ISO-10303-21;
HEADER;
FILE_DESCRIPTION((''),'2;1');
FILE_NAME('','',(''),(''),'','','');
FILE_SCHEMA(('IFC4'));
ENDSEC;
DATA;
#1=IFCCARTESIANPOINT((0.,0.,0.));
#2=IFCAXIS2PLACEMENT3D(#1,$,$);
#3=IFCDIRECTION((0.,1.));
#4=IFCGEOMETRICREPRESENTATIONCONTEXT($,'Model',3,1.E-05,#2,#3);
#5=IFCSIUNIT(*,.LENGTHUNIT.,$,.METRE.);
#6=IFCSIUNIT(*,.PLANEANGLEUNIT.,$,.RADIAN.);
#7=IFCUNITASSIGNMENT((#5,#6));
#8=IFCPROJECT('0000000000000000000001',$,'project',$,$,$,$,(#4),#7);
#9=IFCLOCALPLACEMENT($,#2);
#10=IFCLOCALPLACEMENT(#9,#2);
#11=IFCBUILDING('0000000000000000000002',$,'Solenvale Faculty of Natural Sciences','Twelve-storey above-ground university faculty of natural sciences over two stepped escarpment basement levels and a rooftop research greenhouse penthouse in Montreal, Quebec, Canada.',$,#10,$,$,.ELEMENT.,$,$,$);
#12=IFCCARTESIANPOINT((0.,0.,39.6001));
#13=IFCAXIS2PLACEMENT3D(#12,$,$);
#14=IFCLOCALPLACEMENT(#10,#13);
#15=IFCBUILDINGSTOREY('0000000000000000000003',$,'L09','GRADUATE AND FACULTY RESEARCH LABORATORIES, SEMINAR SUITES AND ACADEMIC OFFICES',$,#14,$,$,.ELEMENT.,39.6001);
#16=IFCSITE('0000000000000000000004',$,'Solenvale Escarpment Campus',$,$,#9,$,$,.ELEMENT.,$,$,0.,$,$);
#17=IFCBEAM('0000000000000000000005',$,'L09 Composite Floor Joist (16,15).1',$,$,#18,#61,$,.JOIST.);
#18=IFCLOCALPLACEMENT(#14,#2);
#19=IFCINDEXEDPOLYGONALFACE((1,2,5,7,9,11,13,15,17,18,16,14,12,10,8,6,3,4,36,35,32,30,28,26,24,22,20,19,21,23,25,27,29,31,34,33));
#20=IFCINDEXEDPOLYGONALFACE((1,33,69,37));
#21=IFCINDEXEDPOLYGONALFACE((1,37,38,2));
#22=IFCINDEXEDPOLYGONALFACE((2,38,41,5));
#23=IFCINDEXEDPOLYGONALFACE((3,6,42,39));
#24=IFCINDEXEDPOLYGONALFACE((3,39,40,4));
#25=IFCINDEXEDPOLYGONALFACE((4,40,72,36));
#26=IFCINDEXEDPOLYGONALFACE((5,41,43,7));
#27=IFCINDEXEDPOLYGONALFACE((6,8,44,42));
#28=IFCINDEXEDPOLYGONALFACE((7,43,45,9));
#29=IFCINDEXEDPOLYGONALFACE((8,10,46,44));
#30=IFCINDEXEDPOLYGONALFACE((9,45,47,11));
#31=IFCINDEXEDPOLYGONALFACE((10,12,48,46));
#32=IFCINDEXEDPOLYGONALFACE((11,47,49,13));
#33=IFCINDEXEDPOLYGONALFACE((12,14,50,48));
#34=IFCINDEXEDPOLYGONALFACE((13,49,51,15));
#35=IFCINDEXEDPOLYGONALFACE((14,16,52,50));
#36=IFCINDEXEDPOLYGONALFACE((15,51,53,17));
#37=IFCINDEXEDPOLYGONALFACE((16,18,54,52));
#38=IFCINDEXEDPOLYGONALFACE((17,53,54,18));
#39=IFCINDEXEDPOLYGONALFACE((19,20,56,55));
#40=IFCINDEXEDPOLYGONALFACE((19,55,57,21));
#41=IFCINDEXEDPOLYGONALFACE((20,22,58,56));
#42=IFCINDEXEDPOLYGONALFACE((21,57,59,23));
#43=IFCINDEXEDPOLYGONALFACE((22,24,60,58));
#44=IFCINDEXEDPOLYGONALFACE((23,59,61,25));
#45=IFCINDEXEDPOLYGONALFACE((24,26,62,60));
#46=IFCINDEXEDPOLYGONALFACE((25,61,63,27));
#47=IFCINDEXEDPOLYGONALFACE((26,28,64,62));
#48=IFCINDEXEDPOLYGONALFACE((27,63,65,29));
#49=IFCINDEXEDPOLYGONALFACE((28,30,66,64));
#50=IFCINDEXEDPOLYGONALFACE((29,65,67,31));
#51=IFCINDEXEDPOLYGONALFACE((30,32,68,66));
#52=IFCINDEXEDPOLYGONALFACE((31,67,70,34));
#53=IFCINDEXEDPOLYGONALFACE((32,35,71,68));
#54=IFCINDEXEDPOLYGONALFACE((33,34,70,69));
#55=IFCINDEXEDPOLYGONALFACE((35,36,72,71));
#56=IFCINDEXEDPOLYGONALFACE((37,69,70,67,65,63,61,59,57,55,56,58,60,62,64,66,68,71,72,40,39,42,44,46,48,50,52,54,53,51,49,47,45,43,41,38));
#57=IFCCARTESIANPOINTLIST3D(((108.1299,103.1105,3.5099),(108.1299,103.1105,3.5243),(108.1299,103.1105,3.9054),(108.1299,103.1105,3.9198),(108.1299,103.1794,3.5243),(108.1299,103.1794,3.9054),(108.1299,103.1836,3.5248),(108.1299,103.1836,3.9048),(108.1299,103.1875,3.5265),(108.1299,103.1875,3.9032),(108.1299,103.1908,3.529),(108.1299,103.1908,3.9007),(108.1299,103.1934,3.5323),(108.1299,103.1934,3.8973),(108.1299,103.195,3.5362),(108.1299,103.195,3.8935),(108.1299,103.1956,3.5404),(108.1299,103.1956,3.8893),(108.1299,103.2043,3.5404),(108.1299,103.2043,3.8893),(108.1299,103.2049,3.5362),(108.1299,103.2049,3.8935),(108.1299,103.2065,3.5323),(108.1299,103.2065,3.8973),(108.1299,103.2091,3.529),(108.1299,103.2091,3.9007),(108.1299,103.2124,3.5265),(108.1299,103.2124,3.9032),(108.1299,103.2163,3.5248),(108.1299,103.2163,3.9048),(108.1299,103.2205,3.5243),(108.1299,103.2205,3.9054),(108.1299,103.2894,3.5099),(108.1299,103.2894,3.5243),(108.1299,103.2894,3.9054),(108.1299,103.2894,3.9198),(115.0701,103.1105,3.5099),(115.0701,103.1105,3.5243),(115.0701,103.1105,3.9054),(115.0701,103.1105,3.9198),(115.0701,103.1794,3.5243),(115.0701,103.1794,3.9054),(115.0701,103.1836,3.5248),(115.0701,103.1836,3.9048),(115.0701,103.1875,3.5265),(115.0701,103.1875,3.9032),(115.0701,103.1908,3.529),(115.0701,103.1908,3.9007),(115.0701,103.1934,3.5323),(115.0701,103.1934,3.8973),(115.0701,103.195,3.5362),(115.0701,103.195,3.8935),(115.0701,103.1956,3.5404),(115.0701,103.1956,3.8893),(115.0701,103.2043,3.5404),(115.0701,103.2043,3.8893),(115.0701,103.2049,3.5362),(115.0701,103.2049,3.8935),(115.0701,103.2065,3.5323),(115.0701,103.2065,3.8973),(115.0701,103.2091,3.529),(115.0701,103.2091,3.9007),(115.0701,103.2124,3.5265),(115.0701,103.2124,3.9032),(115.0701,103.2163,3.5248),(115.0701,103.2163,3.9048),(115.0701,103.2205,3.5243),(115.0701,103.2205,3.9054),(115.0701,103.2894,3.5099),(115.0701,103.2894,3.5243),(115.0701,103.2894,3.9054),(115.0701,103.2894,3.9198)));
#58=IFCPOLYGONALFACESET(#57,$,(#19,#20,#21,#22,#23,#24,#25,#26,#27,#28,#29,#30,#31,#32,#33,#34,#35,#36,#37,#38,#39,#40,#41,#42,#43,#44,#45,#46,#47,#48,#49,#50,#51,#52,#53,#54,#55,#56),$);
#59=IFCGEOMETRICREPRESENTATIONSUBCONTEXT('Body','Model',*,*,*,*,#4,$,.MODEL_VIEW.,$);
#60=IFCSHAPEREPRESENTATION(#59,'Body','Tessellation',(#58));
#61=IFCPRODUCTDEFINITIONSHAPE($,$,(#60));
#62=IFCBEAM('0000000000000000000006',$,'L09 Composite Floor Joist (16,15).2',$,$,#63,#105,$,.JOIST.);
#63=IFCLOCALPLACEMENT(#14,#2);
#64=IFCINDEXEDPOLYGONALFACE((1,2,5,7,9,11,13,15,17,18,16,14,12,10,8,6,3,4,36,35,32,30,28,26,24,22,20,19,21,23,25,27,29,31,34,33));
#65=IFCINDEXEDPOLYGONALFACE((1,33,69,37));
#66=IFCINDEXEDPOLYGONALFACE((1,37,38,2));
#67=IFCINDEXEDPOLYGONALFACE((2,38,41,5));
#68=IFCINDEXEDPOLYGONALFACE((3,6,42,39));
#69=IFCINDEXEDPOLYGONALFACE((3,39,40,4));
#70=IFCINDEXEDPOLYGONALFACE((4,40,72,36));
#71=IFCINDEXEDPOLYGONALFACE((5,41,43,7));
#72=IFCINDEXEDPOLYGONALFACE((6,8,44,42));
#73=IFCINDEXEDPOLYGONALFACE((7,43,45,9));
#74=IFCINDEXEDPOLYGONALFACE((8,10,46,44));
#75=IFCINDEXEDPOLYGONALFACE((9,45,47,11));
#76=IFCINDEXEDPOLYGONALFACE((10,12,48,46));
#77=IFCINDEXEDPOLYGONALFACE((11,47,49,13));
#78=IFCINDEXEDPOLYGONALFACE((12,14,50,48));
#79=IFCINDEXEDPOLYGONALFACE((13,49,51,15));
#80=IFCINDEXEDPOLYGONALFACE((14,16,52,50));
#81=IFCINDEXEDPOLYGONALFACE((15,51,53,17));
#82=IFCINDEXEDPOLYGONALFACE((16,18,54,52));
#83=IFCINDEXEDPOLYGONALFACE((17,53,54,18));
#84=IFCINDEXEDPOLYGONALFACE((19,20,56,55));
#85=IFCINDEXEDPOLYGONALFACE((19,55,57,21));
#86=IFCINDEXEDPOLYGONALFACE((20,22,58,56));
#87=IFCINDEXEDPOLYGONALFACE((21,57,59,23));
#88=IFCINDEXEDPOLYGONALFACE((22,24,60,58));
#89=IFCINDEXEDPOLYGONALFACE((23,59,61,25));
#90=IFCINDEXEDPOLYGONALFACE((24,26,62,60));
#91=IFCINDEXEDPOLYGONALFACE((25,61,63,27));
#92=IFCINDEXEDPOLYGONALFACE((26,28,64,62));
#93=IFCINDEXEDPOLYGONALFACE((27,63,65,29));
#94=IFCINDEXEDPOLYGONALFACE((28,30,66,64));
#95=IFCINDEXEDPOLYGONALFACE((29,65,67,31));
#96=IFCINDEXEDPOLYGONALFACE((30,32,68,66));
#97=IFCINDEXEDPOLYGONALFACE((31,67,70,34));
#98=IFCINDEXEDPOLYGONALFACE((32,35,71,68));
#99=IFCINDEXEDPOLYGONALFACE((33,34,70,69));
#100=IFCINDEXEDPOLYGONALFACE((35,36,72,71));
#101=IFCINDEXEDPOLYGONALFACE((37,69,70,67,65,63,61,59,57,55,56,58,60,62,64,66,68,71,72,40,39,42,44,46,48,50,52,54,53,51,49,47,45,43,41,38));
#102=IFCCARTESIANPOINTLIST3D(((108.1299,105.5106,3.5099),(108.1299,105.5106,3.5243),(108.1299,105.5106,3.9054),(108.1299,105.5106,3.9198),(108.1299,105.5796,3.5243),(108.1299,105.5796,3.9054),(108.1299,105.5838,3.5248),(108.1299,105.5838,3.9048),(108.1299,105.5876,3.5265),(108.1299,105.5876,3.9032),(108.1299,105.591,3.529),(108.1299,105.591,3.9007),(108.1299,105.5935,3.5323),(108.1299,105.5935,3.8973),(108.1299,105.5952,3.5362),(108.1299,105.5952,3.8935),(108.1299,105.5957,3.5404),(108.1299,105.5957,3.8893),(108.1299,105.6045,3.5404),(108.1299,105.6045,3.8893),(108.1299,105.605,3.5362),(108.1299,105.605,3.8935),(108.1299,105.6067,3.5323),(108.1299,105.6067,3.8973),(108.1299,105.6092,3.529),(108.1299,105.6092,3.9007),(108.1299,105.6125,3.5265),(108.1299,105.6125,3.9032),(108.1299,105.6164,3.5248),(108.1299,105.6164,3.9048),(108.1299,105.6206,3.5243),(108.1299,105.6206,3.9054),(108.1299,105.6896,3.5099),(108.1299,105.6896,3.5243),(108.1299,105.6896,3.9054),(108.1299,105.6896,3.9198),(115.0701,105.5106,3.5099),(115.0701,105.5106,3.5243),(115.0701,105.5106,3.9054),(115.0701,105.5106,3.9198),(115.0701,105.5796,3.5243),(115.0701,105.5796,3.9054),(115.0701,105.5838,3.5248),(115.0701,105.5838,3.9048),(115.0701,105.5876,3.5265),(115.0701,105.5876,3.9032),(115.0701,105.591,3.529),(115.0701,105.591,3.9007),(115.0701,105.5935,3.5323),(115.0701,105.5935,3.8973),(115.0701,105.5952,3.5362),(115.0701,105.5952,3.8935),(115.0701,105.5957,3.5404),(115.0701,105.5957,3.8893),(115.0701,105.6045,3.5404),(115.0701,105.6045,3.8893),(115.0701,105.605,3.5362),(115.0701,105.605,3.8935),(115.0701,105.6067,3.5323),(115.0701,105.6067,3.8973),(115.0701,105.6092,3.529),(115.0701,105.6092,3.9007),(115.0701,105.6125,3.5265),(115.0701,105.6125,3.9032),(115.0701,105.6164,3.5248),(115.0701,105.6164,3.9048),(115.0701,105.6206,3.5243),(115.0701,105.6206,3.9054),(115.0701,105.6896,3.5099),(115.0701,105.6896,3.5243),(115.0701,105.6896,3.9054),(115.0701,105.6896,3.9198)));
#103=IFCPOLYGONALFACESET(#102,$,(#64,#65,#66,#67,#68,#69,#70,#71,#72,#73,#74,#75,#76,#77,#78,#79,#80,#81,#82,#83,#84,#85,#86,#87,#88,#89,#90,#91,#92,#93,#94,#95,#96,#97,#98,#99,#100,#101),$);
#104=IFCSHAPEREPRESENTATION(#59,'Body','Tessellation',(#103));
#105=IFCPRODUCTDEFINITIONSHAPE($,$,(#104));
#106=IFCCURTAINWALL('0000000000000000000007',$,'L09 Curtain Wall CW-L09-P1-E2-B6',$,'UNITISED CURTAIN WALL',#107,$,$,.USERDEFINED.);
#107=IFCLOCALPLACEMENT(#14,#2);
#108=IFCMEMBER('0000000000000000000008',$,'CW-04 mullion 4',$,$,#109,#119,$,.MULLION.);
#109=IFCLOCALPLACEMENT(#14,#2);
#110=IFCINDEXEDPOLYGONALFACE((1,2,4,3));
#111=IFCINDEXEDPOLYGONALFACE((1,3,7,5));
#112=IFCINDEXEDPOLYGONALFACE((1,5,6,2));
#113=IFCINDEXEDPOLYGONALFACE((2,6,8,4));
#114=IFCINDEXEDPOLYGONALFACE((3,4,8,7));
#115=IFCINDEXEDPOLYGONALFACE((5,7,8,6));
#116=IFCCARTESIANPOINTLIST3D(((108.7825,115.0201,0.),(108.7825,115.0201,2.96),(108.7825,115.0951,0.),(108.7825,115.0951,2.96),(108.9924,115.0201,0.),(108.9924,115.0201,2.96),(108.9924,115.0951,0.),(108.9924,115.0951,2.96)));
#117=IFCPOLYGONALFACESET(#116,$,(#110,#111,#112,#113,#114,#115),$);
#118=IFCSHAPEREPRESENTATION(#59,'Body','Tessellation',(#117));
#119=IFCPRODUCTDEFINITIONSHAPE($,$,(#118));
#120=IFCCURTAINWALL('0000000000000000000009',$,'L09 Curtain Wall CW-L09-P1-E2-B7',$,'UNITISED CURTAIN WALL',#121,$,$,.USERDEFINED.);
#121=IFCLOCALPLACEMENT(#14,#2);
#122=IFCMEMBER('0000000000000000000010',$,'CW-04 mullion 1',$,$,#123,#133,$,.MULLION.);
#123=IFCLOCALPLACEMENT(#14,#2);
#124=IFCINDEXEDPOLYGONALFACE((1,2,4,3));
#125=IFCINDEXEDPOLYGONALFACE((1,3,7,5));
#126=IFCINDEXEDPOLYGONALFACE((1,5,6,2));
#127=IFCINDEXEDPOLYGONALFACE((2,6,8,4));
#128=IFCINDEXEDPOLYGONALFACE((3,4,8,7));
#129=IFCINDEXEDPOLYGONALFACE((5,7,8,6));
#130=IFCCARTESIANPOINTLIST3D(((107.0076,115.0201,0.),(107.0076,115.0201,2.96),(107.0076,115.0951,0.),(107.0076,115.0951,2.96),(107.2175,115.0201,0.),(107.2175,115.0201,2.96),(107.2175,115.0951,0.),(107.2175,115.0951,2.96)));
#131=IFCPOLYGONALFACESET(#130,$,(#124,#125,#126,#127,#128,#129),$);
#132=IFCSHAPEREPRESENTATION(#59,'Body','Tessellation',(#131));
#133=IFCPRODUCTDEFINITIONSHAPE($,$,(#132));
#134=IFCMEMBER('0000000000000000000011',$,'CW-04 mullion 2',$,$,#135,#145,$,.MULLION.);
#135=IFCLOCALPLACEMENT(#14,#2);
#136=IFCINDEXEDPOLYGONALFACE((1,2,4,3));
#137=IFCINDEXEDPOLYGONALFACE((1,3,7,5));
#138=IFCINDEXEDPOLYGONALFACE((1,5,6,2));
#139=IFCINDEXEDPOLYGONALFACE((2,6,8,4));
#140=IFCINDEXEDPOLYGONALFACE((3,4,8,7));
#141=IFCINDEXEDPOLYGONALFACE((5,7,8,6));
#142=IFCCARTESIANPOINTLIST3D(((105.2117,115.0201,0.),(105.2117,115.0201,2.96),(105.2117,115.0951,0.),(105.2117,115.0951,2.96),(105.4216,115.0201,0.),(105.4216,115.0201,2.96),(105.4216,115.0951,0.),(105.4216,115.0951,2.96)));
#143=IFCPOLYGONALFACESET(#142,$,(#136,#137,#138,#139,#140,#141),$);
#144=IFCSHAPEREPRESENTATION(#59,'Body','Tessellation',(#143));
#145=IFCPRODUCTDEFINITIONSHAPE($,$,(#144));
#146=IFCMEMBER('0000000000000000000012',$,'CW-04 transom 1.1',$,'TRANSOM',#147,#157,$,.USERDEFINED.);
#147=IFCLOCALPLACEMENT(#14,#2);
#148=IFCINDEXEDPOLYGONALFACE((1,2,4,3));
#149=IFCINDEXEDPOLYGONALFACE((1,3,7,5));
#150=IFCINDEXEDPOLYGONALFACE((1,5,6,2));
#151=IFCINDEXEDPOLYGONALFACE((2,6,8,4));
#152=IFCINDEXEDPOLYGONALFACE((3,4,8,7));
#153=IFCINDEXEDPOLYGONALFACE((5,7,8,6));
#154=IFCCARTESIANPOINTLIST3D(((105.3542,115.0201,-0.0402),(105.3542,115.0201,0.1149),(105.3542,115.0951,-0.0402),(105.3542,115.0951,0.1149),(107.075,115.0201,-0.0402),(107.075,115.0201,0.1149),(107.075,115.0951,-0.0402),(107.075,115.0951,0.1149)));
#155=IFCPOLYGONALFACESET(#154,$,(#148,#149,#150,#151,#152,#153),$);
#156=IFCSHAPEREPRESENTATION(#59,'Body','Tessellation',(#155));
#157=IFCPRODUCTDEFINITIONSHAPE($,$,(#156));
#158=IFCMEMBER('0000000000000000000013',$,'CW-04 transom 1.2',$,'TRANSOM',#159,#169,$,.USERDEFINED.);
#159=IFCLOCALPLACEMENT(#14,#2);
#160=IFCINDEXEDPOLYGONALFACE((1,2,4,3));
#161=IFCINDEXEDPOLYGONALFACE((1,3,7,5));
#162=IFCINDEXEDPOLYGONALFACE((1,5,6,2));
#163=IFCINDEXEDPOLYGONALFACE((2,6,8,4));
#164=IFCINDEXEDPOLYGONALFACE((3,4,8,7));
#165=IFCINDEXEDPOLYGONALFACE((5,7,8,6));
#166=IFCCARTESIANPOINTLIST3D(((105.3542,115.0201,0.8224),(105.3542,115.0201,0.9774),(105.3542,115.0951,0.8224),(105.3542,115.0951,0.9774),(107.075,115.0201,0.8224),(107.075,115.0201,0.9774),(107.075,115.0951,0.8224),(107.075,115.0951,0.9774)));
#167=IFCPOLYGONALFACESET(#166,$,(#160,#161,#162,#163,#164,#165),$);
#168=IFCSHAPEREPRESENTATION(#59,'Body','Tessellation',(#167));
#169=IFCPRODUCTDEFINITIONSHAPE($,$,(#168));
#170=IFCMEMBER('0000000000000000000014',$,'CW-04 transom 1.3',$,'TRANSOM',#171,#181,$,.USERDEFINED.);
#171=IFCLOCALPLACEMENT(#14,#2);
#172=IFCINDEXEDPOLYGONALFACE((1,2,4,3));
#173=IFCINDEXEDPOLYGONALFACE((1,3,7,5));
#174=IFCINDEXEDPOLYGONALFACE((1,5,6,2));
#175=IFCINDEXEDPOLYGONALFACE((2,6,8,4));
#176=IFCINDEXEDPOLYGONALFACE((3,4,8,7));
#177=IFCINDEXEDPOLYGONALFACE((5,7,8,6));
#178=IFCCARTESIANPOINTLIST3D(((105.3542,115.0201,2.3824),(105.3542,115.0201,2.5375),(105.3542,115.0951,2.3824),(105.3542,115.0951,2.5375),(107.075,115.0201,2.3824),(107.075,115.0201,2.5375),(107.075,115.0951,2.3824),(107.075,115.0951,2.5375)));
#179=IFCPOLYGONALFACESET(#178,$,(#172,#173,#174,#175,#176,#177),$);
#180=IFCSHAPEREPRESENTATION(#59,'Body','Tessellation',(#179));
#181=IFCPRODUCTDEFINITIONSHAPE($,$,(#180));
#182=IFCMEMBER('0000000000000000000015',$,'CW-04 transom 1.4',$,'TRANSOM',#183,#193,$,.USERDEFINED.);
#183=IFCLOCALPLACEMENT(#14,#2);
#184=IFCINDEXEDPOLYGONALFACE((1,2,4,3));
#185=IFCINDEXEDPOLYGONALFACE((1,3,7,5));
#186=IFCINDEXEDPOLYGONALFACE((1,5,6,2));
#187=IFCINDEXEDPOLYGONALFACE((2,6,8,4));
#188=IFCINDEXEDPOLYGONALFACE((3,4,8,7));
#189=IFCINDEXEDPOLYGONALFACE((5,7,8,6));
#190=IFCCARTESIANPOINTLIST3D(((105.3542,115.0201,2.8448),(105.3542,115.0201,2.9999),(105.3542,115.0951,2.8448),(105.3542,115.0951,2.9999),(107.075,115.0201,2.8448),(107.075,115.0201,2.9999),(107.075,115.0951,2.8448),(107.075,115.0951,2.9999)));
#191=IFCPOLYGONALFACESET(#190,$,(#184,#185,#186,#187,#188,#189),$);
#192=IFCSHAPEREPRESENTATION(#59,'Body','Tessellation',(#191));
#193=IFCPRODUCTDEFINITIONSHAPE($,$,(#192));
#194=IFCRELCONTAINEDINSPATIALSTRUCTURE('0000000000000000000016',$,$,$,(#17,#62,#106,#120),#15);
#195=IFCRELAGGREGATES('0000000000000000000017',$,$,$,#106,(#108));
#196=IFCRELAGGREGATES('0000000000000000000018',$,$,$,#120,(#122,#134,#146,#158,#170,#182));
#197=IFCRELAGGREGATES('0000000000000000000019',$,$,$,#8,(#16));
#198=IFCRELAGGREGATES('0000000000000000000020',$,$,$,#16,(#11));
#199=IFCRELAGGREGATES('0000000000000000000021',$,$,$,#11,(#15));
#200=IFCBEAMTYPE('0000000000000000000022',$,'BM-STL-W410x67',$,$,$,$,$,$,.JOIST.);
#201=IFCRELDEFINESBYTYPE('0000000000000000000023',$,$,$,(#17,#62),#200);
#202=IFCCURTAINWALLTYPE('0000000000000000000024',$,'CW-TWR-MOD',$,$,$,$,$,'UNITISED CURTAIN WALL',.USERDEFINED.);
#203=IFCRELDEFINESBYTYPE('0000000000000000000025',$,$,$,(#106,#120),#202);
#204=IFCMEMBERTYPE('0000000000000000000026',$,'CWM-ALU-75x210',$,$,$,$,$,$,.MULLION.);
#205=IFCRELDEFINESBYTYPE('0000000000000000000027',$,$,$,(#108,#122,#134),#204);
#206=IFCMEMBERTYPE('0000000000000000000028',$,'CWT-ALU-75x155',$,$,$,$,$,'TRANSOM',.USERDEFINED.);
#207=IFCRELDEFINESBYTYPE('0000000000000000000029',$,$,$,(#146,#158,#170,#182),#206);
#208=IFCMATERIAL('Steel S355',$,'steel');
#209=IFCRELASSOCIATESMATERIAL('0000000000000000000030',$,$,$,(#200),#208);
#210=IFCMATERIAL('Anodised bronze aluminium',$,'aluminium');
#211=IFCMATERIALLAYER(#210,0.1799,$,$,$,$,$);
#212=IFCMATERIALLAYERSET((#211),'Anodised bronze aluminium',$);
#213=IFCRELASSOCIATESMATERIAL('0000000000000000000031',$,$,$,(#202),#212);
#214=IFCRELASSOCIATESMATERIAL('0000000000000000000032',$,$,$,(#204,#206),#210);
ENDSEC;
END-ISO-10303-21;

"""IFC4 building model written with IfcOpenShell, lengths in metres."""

from ifc_helpers import new_model, si_unit, direction, frame, origin, origin_2d, place, context, subcontext, project, spatial, rectangle, i_section, extrude, material, layer, layer_set, material_profile, profile_set, type_object, element, aggregate, save


model = new_model("IFC4")

# Units and contexts
model_context = context("Model", 3, precision=1e-05, world=origin(), true_north=direction((0.0, 1.0)))
body_context = subcontext(model_context, "Body", "Model", "MODEL_VIEW")
ifc_project = project(units=[si_unit("LENGTHUNIT", "METRE"), si_unit("PLANEANGLEUNIT", "RADIAN")], contexts=[model_context])

# Site, building, storey
site_placement = place(None, origin())
site = spatial("IfcSite", under=ifc_project, at=site_placement, Name="Solenvale Escarpment Campus", CompositionType="ELEMENT", RefElevation=0.0)
building_placement = place(site_placement, origin())
building = spatial("IfcBuilding", under=site, at=building_placement, Name="Solenvale Faculty of Natural Sciences", Description="Twelve-storey above-ground university faculty of natural sciences over two stepped escarpment basement levels and a rooftop research greenhouse penthouse in Montreal, Quebec, Canada.", CompositionType="ELEMENT")
storey_placement = place(building_placement, frame((0.0, 0.0, 39.6001)))
storey = spatial("IfcBuildingStorey", under=building, at=storey_placement, Name="L09", Description="GRADUATE AND FACULTY RESEARCH LABORATORIES, SEMINAR SUITES AND ACADEMIC OFFICES", CompositionType="ELEMENT", Elevation=39.6001)

# Beams
ifc_material_1 = material(Name="Steel S355", Category="steel")
ifc_material_profile_1 = material_profile(ifc_material_1, i_section(OverallWidth=0.179, OverallDepth=0.4099, WebThickness=0.0088, FlangeThickness=0.0144, FilletRadius=0.0161, at=origin_2d()), Name="W410x67")
ifc_profile_set_1 = profile_set([ifc_material_profile_1], Name="Steel S355")
beam_type_1 = type_object("IfcBeamType", Name="BM-STL-W410x67", PredefinedType="JOIST", material=ifc_profile_set_1)
for number, where, z_axis, x_axis, name in (
    (1, (108.1299, 103.2, 3.7148), (1.0, 0.0, 0.0), (0.0, 1.0, 0.0), "L09 Composite Floor Joist (16,15).1"),
    (2, (108.1299, 105.6001, 3.7148), (1.0, 0.0, 0.0), (0.0, 1.0, 0.0), "L09 Composite Floor Joist (16,15).2"),
):
    element("IfcBeam", number, at=place(storey_placement, frame(where, z_axis=z_axis, x_axis=x_axis)), inside=storey, type_object=beam_type_1, Name=name, PredefinedType="JOIST", context=body_context, shape_type="SweptSolid", body=[
        extrude(i_section(OverallWidth=0.179, OverallDepth=0.4099, WebThickness=0.0088, FlangeThickness=0.0144, FilletRadius=0.0161, at=origin_2d()), origin(), (0.0, 0.0, 1.0), 6.9402),
    ])

# Curtain wall, member
ifc_material_2 = material(Name="Anodised bronze aluminium", Category="aluminium")
ifc_layer_1 = layer(ifc_material_2, 0.1799)
ifc_layer_set_1 = layer_set([ifc_layer_1], Name="Anodised bronze aluminium")
curtain_wall_type = type_object("IfcCurtainWallType", Name="CW-TWR-MOD", ElementType="UNITISED CURTAIN WALL", PredefinedType="USERDEFINED", material=ifc_layer_set_1)
curtain_wall_1_placement = place(storey_placement, origin())
curtain_wall_1 = element("IfcCurtainWall", 3, at=curtain_wall_1_placement, inside=storey, type_object=curtain_wall_type, Name="L09 Curtain Wall CW-L09-P1-E2-B6", ObjectType="UNITISED CURTAIN WALL", PredefinedType="USERDEFINED")
ifc_material_profile_2 = material_profile(ifc_material_2, rectangle(XDim=0.075, YDim=0.21, at=origin_2d()), Name="ALU-MUL-75x210")
ifc_profile_set_2 = profile_set([ifc_material_profile_2], Name="Anodised bronze aluminium")
member_type_1 = type_object("IfcMemberType", Name="CWM-ALU-75x210", PredefinedType="MULLION", material=ifc_profile_set_2)
member_1_placement = place(storey_placement, frame((108.8875, 115.0576, 0.0), z_axis=(0.0, 0.0, 1.0), x_axis=(0.0, -1.0, 0.0)))
member_1 = element("IfcMember", 4, at=member_1_placement, type_object=member_type_1, Name="CW-04 mullion 4", PredefinedType="MULLION", context=body_context, shape_type="SweptSolid", body=[
    extrude(rectangle(XDim=0.075, YDim=0.21, at=origin_2d()), origin(), (0.0, 0.0, 1.0), 2.96),
])
aggregate(curtain_wall_1, [member_1])

# Curtain wall, members
curtain_wall_2_placement = place(storey_placement, origin())
curtain_wall_2 = element("IfcCurtainWall", 5, at=curtain_wall_2_placement, inside=storey, type_object=curtain_wall_type, Name="L09 Curtain Wall CW-L09-P1-E2-B7", ObjectType="UNITISED CURTAIN WALL", PredefinedType="USERDEFINED")
member_2_placement = place(storey_placement, frame((107.1125, 115.0576, 0.0), z_axis=(0.0, 0.0, 1.0), x_axis=(0.0, -1.0, 0.0)))
member_2 = element("IfcMember", 6, at=member_2_placement, type_object=member_type_1, Name="CW-04 mullion 1", PredefinedType="MULLION", context=body_context, shape_type="SweptSolid", body=[
    extrude(rectangle(XDim=0.075, YDim=0.21, at=origin_2d()), origin(), (0.0, 0.0, 1.0), 2.96),
])
member_3_placement = place(storey_placement, frame((105.3167, 115.0576, 0.0), z_axis=(0.0, 0.0, 1.0), x_axis=(0.0, -1.0, 0.0)))
member_3 = element("IfcMember", 7, at=member_3_placement, type_object=member_type_1, Name="CW-04 mullion 2", PredefinedType="MULLION", context=body_context, shape_type="SweptSolid", body=[
    extrude(rectangle(XDim=0.075, YDim=0.21, at=origin_2d()), origin(), (0.0, 0.0, 1.0), 2.96),
])
ifc_material_profile_3 = material_profile(ifc_material_2, rectangle(XDim=0.075, YDim=0.155, at=origin_2d()), Name="ALU-TRN-75x155")
ifc_profile_set_3 = profile_set([ifc_material_profile_3], Name="Anodised bronze aluminium")
member_type_2 = type_object("IfcMemberType", Name="CWT-ALU-75x155", ElementType="TRANSOM", PredefinedType="USERDEFINED", material=ifc_profile_set_3)
member_4_placement = place(storey_placement, frame((107.075, 115.0576, 0.0374), z_axis=(-1.0, 0.0, 0.0), x_axis=(0.0, -1.0, 0.0)))
member_4 = element("IfcMember", 8, at=member_4_placement, type_object=member_type_2, Name="CW-04 transom 1.1", ObjectType="TRANSOM", PredefinedType="USERDEFINED", context=body_context, shape_type="SweptSolid", body=[
    extrude(rectangle(XDim=0.075, YDim=0.155, at=origin_2d()), origin(), (0.0, 0.0, 1.0), 1.7207),
])
member_5_placement = place(storey_placement, frame((107.075, 115.0576, 0.8999), z_axis=(-1.0, 0.0, 0.0), x_axis=(0.0, -1.0, 0.0)))
member_5 = element("IfcMember", 9, at=member_5_placement, type_object=member_type_2, Name="CW-04 transom 1.2", ObjectType="TRANSOM", PredefinedType="USERDEFINED", context=body_context, shape_type="SweptSolid", body=[
    extrude(rectangle(XDim=0.075, YDim=0.155, at=origin_2d()), origin(), (0.0, 0.0, 1.0), 1.7207),
])
member_6_placement = place(storey_placement, frame((107.075, 115.0576, 2.46), z_axis=(-1.0, 0.0, 0.0), x_axis=(0.0, -1.0, 0.0)))
member_6 = element("IfcMember", 10, at=member_6_placement, type_object=member_type_2, Name="CW-04 transom 1.3", ObjectType="TRANSOM", PredefinedType="USERDEFINED", context=body_context, shape_type="SweptSolid", body=[
    extrude(rectangle(XDim=0.075, YDim=0.155, at=origin_2d()), origin(), (0.0, 0.0, 1.0), 1.7207),
])
member_7_placement = place(storey_placement, frame((107.075, 115.0576, 2.9224), z_axis=(-1.0, 0.0, 0.0), x_axis=(0.0, -1.0, 0.0)))
member_7 = element("IfcMember", 11, at=member_7_placement, type_object=member_type_2, Name="CW-04 transom 1.4", ObjectType="TRANSOM", PredefinedType="USERDEFINED", context=body_context, shape_type="SweptSolid", body=[
    extrude(rectangle(XDim=0.075, YDim=0.155, at=origin_2d()), origin(), (0.0, 0.0, 1.0), 1.7207),
])
aggregate(curtain_wall_2, [member_2, member_3, member_4, member_5, member_6, member_7])

save(model, "model.ifc")
